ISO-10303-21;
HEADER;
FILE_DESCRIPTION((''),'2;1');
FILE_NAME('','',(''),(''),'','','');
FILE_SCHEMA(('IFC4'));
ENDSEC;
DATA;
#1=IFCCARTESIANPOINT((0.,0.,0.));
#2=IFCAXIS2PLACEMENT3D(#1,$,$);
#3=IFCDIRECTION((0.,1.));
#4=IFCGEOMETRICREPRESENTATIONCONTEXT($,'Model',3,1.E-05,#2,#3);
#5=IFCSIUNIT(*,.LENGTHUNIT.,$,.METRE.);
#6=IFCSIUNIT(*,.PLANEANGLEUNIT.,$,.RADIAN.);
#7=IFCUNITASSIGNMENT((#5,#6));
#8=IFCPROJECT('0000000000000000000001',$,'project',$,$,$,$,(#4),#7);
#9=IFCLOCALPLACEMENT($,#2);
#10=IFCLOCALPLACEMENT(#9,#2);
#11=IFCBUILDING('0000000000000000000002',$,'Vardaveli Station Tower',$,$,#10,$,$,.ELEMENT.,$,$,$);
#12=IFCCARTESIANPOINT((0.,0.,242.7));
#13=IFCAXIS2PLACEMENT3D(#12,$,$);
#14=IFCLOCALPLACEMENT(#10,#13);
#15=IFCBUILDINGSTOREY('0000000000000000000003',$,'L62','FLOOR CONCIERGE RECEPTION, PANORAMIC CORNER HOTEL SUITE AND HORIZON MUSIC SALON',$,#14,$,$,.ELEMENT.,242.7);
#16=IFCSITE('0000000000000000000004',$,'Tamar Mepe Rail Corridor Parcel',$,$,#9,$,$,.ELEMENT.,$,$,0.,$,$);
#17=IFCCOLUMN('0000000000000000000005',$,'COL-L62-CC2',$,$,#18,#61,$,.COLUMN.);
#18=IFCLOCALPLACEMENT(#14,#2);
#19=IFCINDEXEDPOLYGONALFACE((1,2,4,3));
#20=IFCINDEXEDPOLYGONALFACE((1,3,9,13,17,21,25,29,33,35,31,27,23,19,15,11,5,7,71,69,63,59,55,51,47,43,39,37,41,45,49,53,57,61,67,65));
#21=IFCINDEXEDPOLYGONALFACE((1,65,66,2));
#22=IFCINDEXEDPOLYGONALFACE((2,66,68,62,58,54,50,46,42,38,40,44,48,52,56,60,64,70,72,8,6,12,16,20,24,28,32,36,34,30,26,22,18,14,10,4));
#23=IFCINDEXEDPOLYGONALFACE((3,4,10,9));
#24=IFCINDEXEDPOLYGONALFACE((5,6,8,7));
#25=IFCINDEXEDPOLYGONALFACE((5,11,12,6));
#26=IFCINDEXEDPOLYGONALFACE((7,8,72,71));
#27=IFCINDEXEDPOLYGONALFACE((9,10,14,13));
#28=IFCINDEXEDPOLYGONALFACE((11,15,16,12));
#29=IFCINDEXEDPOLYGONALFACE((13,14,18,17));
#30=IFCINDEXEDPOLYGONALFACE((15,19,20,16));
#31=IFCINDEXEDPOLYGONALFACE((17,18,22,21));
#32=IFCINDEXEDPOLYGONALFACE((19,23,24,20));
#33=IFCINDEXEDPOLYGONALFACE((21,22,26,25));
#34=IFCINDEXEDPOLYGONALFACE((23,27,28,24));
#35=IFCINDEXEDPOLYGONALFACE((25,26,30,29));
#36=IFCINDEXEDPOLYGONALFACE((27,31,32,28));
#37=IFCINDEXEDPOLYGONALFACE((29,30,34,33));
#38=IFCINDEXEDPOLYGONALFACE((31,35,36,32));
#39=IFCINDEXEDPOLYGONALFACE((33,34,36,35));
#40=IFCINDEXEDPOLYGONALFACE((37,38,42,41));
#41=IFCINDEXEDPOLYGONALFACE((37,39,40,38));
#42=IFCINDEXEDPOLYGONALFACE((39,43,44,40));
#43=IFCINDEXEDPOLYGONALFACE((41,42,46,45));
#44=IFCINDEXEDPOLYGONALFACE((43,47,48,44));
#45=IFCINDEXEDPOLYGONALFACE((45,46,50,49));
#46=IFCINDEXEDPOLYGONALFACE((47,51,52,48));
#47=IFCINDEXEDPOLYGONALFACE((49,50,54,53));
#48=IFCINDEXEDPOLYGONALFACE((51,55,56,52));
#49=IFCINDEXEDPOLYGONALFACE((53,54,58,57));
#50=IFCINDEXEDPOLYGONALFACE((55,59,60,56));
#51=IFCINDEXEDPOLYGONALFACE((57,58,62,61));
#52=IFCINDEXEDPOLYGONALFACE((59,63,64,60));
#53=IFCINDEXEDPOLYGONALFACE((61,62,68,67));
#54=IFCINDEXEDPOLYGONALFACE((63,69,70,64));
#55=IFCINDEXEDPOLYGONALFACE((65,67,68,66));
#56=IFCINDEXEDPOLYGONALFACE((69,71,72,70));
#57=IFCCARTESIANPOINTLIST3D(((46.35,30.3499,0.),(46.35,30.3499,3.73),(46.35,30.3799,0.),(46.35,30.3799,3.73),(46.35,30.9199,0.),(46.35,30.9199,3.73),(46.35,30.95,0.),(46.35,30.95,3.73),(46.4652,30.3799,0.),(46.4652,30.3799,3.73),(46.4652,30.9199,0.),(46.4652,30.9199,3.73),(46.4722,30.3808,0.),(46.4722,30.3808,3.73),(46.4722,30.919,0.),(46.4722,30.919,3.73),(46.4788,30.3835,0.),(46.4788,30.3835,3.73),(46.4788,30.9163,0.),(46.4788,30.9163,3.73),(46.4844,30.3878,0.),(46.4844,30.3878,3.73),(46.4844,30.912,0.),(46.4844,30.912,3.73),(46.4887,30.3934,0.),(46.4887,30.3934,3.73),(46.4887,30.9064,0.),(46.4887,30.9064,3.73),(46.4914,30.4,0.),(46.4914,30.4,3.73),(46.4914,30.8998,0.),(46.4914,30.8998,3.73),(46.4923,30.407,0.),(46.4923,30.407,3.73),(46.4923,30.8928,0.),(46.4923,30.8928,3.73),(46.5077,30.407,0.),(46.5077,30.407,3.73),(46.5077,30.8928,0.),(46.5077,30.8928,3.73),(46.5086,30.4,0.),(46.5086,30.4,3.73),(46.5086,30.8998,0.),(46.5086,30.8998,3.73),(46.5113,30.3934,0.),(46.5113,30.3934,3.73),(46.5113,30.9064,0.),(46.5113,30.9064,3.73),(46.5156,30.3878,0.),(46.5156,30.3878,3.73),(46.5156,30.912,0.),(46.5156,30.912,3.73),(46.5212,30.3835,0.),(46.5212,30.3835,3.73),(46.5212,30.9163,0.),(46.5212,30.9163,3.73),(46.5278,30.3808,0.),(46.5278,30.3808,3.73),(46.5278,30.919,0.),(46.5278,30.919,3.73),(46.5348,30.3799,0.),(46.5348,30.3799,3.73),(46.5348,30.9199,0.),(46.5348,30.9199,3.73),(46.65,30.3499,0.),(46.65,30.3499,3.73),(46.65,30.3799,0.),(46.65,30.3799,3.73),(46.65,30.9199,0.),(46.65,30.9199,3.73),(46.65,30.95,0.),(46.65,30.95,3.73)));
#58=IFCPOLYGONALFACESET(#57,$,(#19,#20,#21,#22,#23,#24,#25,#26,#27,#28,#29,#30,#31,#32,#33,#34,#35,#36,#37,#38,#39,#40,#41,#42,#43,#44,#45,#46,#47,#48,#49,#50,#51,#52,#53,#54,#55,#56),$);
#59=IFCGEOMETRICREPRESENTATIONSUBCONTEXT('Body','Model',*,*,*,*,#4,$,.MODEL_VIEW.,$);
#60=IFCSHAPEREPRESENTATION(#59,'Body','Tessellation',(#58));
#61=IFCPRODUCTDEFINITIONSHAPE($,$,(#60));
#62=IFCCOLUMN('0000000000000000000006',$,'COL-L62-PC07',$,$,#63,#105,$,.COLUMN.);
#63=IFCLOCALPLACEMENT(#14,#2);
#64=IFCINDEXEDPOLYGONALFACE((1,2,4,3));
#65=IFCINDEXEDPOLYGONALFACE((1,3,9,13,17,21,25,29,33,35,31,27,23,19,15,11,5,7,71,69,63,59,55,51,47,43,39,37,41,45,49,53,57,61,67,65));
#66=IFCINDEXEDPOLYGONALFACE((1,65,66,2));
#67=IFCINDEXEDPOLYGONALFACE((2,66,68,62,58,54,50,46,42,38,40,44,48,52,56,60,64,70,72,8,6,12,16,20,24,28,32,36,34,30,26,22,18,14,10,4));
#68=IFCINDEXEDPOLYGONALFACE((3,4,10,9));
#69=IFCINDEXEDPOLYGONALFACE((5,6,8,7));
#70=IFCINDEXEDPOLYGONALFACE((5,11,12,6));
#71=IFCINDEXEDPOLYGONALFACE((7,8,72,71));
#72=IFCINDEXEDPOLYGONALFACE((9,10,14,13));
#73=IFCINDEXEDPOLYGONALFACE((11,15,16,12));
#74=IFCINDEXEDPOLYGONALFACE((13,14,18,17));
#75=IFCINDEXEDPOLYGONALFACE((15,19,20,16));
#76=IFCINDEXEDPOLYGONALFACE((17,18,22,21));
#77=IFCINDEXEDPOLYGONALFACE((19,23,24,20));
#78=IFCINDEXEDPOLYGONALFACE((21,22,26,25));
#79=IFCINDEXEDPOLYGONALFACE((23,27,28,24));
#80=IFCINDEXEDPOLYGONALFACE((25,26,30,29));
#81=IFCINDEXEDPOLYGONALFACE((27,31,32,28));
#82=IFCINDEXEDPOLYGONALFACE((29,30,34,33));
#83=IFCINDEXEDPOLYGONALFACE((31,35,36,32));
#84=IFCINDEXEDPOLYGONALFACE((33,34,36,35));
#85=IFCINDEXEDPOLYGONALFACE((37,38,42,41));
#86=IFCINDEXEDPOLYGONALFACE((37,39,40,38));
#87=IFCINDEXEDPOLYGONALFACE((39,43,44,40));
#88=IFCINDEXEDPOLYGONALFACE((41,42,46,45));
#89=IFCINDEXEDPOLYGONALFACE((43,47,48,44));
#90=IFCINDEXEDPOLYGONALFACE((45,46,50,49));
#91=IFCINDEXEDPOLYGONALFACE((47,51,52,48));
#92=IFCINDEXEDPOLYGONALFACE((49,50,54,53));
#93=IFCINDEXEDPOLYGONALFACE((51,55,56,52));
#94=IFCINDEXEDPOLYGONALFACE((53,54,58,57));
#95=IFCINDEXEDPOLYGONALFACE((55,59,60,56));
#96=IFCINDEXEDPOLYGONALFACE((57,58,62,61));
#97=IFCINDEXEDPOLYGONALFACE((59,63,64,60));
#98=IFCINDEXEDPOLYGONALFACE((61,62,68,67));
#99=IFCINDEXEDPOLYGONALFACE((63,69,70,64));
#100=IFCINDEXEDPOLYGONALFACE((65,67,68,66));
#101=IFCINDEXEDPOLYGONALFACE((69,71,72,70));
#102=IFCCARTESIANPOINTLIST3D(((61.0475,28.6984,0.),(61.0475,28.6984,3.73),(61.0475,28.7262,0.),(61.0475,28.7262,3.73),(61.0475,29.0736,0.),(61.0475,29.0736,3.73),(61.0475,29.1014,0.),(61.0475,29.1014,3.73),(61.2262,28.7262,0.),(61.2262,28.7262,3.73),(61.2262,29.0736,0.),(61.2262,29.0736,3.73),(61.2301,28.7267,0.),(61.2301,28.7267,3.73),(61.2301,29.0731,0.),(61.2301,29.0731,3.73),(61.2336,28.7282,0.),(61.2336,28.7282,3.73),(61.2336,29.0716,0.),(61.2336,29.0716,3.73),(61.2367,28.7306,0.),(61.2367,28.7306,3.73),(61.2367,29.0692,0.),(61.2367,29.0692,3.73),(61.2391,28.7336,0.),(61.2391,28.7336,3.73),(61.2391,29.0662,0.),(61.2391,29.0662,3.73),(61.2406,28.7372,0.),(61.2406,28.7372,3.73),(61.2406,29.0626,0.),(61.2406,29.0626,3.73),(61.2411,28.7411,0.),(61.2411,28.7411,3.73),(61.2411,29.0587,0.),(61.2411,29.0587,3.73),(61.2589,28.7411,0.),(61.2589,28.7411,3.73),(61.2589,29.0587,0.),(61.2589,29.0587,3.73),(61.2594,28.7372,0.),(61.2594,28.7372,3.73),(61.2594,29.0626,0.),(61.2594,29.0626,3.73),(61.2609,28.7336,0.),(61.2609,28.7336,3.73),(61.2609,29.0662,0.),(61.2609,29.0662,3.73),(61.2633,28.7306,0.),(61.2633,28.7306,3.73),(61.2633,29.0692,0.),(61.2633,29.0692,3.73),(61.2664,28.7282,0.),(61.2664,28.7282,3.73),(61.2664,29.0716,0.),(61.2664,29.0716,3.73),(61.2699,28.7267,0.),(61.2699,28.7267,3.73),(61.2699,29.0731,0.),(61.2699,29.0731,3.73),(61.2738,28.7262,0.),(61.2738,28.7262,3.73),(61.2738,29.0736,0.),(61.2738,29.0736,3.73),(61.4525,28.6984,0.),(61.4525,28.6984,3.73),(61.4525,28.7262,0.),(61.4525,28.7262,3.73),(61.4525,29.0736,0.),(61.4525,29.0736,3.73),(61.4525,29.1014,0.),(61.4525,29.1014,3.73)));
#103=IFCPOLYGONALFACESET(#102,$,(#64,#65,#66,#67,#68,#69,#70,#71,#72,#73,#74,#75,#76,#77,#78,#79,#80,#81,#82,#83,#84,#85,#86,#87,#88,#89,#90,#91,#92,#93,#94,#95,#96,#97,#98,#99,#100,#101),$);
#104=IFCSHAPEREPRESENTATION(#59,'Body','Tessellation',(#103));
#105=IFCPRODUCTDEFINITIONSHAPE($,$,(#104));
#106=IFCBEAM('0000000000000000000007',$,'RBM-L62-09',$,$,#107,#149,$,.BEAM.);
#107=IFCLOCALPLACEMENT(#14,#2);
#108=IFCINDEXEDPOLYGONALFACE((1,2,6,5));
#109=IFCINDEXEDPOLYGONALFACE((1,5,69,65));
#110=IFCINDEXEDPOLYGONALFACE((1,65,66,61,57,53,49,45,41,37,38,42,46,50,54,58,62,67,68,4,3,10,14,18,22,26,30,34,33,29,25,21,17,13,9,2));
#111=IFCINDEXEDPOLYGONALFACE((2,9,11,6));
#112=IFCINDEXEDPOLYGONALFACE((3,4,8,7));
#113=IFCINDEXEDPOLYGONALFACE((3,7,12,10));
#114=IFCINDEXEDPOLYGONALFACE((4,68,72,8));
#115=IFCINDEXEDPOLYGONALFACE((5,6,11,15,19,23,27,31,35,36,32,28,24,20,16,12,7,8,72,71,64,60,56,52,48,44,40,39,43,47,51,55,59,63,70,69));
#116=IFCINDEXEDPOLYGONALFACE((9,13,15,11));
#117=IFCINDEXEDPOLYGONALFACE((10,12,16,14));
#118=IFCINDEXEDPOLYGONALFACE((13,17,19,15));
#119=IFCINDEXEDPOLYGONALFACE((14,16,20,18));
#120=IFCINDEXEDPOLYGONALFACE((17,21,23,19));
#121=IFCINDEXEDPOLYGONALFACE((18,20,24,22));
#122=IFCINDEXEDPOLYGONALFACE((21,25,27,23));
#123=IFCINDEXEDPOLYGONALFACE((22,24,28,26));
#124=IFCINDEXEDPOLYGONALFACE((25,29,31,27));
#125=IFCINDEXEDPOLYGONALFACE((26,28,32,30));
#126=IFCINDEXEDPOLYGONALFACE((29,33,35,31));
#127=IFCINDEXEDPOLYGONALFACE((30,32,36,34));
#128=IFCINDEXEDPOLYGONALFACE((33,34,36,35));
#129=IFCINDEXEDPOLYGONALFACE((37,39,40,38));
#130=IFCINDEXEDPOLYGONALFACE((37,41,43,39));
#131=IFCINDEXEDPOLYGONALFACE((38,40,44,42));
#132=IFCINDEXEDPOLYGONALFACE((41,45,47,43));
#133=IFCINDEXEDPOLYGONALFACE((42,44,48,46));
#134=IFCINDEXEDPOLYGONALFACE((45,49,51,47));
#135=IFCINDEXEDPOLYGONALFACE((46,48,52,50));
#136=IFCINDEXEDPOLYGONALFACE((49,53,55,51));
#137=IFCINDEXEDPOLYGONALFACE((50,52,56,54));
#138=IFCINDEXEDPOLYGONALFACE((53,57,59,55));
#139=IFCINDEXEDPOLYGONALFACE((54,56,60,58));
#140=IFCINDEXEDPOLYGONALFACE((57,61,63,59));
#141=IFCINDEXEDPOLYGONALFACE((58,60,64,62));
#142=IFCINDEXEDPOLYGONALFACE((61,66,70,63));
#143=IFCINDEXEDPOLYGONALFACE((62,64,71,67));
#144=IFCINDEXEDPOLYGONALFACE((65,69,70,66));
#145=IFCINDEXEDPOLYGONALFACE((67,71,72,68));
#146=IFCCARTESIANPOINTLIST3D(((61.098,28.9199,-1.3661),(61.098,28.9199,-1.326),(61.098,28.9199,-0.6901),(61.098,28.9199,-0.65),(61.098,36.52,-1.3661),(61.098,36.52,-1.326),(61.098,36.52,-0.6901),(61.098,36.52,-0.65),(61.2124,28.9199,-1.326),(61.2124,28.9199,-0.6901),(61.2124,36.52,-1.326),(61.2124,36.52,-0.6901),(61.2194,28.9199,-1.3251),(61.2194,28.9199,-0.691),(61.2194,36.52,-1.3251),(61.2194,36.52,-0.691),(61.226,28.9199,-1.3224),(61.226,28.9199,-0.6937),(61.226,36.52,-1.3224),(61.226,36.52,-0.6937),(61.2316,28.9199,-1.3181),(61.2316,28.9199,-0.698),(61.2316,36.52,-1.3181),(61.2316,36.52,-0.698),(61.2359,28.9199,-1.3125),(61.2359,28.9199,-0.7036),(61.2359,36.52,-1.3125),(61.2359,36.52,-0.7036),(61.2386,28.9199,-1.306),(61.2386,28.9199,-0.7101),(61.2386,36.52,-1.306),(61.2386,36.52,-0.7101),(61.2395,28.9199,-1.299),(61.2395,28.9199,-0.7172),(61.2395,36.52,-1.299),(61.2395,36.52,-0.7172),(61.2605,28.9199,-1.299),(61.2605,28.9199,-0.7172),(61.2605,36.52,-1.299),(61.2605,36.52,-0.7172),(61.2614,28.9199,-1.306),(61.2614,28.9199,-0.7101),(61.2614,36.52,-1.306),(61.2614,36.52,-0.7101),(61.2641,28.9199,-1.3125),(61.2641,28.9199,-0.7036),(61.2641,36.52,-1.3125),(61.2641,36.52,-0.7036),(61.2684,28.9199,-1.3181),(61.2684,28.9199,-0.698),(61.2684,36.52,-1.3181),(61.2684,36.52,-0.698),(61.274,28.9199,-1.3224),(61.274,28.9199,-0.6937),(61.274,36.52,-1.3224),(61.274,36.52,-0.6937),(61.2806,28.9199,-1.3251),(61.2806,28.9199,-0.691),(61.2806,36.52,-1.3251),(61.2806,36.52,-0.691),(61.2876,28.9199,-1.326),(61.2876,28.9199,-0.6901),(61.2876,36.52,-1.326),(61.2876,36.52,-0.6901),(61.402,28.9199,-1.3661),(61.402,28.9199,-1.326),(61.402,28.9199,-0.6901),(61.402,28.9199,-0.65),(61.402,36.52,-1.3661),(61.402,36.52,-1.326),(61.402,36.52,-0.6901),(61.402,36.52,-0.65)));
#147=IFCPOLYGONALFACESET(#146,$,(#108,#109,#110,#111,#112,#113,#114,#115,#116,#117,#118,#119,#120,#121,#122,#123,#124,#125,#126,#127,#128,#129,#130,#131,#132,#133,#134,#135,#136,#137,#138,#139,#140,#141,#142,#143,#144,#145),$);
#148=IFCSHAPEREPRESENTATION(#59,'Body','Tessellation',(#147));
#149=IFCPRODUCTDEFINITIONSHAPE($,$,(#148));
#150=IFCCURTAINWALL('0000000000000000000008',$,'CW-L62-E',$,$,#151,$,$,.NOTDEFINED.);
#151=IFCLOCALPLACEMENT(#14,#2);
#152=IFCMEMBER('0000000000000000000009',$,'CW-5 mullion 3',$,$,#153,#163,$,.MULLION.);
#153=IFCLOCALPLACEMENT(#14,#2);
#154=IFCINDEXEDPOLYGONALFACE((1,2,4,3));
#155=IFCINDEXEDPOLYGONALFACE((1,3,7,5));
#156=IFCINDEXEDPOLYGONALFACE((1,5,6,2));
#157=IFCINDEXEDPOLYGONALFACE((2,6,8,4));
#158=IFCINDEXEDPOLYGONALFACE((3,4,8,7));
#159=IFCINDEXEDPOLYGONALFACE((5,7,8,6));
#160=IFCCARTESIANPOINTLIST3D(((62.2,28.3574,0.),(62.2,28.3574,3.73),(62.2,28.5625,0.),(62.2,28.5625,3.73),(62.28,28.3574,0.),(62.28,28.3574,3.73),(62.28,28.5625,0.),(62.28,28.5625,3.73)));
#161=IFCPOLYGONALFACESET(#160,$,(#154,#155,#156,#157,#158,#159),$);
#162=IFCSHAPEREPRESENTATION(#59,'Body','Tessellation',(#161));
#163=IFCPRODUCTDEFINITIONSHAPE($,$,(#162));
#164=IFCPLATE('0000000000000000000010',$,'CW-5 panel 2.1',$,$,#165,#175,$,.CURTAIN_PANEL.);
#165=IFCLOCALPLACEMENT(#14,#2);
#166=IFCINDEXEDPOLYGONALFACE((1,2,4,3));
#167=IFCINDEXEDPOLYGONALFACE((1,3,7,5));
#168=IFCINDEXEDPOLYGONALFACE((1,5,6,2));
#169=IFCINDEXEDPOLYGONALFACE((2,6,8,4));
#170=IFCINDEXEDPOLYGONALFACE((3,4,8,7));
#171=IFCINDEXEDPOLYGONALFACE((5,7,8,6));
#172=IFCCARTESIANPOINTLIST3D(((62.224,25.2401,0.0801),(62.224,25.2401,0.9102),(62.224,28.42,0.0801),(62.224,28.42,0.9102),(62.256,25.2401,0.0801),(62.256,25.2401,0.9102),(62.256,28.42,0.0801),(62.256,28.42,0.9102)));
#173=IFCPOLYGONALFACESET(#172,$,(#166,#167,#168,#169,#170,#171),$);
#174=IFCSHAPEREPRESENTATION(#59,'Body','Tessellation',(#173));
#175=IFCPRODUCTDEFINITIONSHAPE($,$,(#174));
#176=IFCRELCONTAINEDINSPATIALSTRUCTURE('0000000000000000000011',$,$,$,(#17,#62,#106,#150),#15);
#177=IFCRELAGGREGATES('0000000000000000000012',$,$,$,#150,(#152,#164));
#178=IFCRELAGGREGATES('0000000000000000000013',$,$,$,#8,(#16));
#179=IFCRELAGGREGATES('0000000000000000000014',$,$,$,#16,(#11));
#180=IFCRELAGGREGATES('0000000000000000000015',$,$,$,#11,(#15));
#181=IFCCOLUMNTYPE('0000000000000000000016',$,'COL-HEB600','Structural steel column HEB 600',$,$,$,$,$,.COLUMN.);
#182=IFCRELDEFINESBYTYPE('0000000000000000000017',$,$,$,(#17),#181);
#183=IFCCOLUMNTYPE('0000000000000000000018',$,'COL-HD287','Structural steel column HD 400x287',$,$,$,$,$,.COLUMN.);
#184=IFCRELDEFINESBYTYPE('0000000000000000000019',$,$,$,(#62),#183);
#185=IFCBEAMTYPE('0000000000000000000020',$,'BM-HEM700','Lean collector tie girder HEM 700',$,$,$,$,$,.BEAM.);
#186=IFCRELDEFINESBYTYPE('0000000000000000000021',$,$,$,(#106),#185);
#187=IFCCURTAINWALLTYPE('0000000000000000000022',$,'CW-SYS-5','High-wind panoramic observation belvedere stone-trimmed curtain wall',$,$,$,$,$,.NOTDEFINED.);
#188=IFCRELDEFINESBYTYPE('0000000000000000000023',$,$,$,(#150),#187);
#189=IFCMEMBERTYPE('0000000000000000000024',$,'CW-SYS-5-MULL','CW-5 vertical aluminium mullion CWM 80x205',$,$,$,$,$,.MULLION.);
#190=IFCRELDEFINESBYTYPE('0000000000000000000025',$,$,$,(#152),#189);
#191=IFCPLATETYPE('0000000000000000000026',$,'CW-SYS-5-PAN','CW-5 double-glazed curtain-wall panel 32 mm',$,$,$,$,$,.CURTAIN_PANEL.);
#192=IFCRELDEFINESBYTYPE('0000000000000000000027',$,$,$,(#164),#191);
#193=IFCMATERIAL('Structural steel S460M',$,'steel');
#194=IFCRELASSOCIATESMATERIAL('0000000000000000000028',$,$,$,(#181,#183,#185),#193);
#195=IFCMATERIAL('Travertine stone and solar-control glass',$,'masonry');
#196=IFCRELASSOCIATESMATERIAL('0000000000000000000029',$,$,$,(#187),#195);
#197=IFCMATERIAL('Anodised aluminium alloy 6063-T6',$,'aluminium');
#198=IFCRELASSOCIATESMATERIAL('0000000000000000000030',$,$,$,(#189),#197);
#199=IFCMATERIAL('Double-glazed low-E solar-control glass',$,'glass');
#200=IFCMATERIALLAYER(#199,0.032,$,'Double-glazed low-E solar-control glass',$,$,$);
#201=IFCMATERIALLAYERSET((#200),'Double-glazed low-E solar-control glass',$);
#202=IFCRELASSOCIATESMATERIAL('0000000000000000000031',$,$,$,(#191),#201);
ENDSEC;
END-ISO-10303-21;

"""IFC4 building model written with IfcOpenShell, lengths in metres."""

from ifc_helpers import new_model, si_unit, direction, frame, origin, origin_2d, place, context, subcontext, project, spatial, rectangle, i_section, extrude, source, transform, mapped, material, layer, layer_set, material_profile, profile_set, type_object, element, aggregate, save


model = new_model("IFC4")

# Units and contexts
model_context = context("Model", 3, precision=1e-05, world=origin(), true_north=direction((0.0, 1.0)))
body_context = subcontext(model_context, "Body", "Model", "MODEL_VIEW")
ifc_project = project(units=[si_unit("LENGTHUNIT", "METRE"), si_unit("PLANEANGLEUNIT", "RADIAN")], contexts=[model_context])

# Site, building, storey
site_placement = place(None, origin())
site = spatial("IfcSite", under=ifc_project, at=site_placement, Name="Tamar Mepe Rail Corridor Parcel", CompositionType="ELEMENT", RefElevation=0.0)
building_placement = place(site_placement, origin())
building = spatial("IfcBuilding", under=site, at=building_placement, Name="Vardaveli Station Tower", CompositionType="ELEMENT")
storey_placement = place(building_placement, frame((0.0, 0.0, 242.7)))
storey = spatial("IfcBuildingStorey", under=building, at=storey_placement, Name="L62", Description="FLOOR CONCIERGE RECEPTION, PANORAMIC CORNER HOTEL SUITE AND HORIZON MUSIC SALON", CompositionType="ELEMENT", Elevation=242.7)

# Columns
ifc_material_1 = material(Name="Structural steel S460M", Category="steel")
ifc_material_profile_1 = material_profile(ifc_material_1, i_section(OverallWidth=0.3, OverallDepth=0.6001, WebThickness=0.0154, FlangeThickness=0.03, FilletRadius=0.0271, at=origin_2d()), Name="HEB 600")
ifc_profile_set_1 = profile_set([ifc_material_profile_1], Name="Structural steel S460M")
column_type_1 = type_object("IfcColumnType", Name="COL-HEB600", Description="Structural steel column HEB 600", PredefinedType="COLUMN", material=ifc_profile_set_1)
shared_shape_1 = source(origin(), body_context, "Body", "SweptSolid", [
    extrude(i_section(OverallWidth=0.3, OverallDepth=0.6001, WebThickness=0.0154, FlangeThickness=0.03, FilletRadius=0.0271, at=origin_2d()), origin(), (0.0, 0.0, 1.0), 3.73),
])
column_1_placement = place(storey_placement, frame((46.5, 30.6499, 0.0), z_axis=(0.0, 0.0, 1.0), x_axis=(1.0, 0.0, 0.0)))
element("IfcColumn", 1, at=column_1_placement, inside=storey, type_object=column_type_1, Name="COL-L62-CC2", PredefinedType="COLUMN", context=body_context, shape_type="MappedRepresentation", body=[
    mapped(shared_shape_1, transform((0.0, 0.0, 0.0), scale=1.0)),
])
ifc_material_profile_2 = material_profile(ifc_material_1, i_section(OverallWidth=0.405, OverallDepth=0.4031, WebThickness=0.0178, FlangeThickness=0.0278, FilletRadius=0.0149, at=origin_2d()), Name="HD 400x287")
ifc_profile_set_2 = profile_set([ifc_material_profile_2], Name="Structural steel S460M")
column_type_2 = type_object("IfcColumnType", Name="COL-HD287", Description="Structural steel column HD 400x287", PredefinedType="COLUMN", material=ifc_profile_set_2)
shared_shape_2 = source(origin(), body_context, "Body", "SweptSolid", [
    extrude(i_section(OverallWidth=0.405, OverallDepth=0.4031, WebThickness=0.0178, FlangeThickness=0.0278, FilletRadius=0.0149, at=origin_2d()), origin(), (0.0, 0.0, 1.0), 3.73),
])
column_2_placement = place(storey_placement, frame((61.25, 28.8999, 0.0), z_axis=(0.0, 0.0, 1.0), x_axis=(1.0, 0.0, 0.0)))
element("IfcColumn", 2, at=column_2_placement, inside=storey, type_object=column_type_2, Name="COL-L62-PC07", PredefinedType="COLUMN", context=body_context, shape_type="MappedRepresentation", body=[
    mapped(shared_shape_2, transform((0.0, 0.0, 0.0), scale=1.0)),
])

# Beam
ifc_material_profile_3 = material_profile(ifc_material_1, i_section(OverallWidth=0.304, OverallDepth=0.7161, WebThickness=0.021, FlangeThickness=0.04, FilletRadius=0.0271, at=origin_2d()), Name="HEM 700")
ifc_profile_set_3 = profile_set([ifc_material_profile_3], Name="Structural steel S460M")
beam_type = type_object("IfcBeamType", Name="BM-HEM700", Description="Lean collector tie girder HEM 700", PredefinedType="BEAM", material=ifc_profile_set_3)
shared_shape_3 = source(origin(), body_context, "Body", "SweptSolid", [
    extrude(i_section(OverallWidth=0.304, OverallDepth=0.7161, WebThickness=0.021, FlangeThickness=0.04, FilletRadius=0.0271, at=origin_2d()), origin(), (0.0, 0.0, 1.0), 7.6001),
])
beam_placement = place(storey_placement, frame((61.25, 28.9199, -1.0081), z_axis=(0.0, 1.0, 0.0), x_axis=(-1.0, 0.0, 0.0)))
element("IfcBeam", 3, at=beam_placement, inside=storey, type_object=beam_type, Name="RBM-L62-09", PredefinedType="BEAM", context=body_context, shape_type="MappedRepresentation", body=[
    mapped(shared_shape_3, transform((0.0, 0.0, 0.0), scale=1.0)),
])

# Curtain wall, member, plate
ifc_material_2 = material(Name="Travertine stone and solar-control glass", Category="masonry")
curtain_wall_type = type_object("IfcCurtainWallType", Name="CW-SYS-5", Description="High-wind panoramic observation belvedere stone-trimmed curtain wall", PredefinedType="NOTDEFINED", material=ifc_material_2)
curtain_wall_placement = place(storey_placement, origin())
curtain_wall = element("IfcCurtainWall", 4, at=curtain_wall_placement, inside=storey, type_object=curtain_wall_type, Name="CW-L62-E", PredefinedType="NOTDEFINED")
ifc_material_3 = material(Name="Anodised aluminium alloy 6063-T6", Category="aluminium")
ifc_material_profile_4 = material_profile(ifc_material_3, rectangle(XDim=0.0801, YDim=0.2051, at=origin_2d()), Name="CWM 80x205")
ifc_profile_set_4 = profile_set([ifc_material_profile_4], Name="Anodised aluminium alloy 6063-T6")
member_type = type_object("IfcMemberType", Name="CW-SYS-5-MULL", Description="CW-5 vertical aluminium mullion CWM 80x205", PredefinedType="MULLION", material=ifc_profile_set_4)
shared_shape_4 = source(origin(), body_context, "Body", "SweptSolid", [
    extrude(rectangle(XDim=0.0801, YDim=0.2051, at=origin_2d()), origin(), (0.0, 0.0, 1.0), 3.73),
])
member_placement = place(storey_placement, frame((62.24, 28.46, 0.0), z_axis=(0.0, 0.0, 1.0), x_axis=(-1.0, 0.0, 0.0)))
member = element("IfcMember", 5, at=member_placement, type_object=member_type, Name="CW-5 mullion 3", PredefinedType="MULLION", context=body_context, shape_type="MappedRepresentation", body=[
    mapped(shared_shape_4, transform((0.0, 0.0, 0.0), scale=1.0)),
])
ifc_material_4 = material(Name="Double-glazed low-E solar-control glass", Category="glass")
ifc_layer_1 = layer(ifc_material_4, 0.032, Name="Double-glazed low-E solar-control glass")
ifc_layer_set_1 = layer_set([ifc_layer_1], Name="Double-glazed low-E solar-control glass")
plate_type = type_object("IfcPlateType", Name="CW-SYS-5-PAN", Description="CW-5 double-glazed curtain-wall panel 32 mm", PredefinedType="CURTAIN_PANEL", material=ifc_layer_set_1)
shared_shape_5 = source(origin(), body_context, "Body", "SweptSolid", [
    extrude(rectangle(XDim=3.1799, YDim=0.032, at=origin_2d()), origin(), (0.0, 0.0, 1.0), 0.8301),
])
plate_1_placement = place(storey_placement, frame((62.24, 26.8301, 0.0801), z_axis=(0.0, 0.0, 1.0), x_axis=(0.0, 1.0, 0.0)))
plate_1 = element("IfcPlate", 6, at=plate_1_placement, type_object=plate_type, Name="CW-5 panel 2.1", PredefinedType="CURTAIN_PANEL", context=body_context, shape_type="MappedRepresentation", body=[
    mapped(shared_shape_5, transform((0.0, 0.0, 0.0), scale=1.0)),
])
aggregate(curtain_wall, [member, plate_1])

save(model, "model.ifc")
